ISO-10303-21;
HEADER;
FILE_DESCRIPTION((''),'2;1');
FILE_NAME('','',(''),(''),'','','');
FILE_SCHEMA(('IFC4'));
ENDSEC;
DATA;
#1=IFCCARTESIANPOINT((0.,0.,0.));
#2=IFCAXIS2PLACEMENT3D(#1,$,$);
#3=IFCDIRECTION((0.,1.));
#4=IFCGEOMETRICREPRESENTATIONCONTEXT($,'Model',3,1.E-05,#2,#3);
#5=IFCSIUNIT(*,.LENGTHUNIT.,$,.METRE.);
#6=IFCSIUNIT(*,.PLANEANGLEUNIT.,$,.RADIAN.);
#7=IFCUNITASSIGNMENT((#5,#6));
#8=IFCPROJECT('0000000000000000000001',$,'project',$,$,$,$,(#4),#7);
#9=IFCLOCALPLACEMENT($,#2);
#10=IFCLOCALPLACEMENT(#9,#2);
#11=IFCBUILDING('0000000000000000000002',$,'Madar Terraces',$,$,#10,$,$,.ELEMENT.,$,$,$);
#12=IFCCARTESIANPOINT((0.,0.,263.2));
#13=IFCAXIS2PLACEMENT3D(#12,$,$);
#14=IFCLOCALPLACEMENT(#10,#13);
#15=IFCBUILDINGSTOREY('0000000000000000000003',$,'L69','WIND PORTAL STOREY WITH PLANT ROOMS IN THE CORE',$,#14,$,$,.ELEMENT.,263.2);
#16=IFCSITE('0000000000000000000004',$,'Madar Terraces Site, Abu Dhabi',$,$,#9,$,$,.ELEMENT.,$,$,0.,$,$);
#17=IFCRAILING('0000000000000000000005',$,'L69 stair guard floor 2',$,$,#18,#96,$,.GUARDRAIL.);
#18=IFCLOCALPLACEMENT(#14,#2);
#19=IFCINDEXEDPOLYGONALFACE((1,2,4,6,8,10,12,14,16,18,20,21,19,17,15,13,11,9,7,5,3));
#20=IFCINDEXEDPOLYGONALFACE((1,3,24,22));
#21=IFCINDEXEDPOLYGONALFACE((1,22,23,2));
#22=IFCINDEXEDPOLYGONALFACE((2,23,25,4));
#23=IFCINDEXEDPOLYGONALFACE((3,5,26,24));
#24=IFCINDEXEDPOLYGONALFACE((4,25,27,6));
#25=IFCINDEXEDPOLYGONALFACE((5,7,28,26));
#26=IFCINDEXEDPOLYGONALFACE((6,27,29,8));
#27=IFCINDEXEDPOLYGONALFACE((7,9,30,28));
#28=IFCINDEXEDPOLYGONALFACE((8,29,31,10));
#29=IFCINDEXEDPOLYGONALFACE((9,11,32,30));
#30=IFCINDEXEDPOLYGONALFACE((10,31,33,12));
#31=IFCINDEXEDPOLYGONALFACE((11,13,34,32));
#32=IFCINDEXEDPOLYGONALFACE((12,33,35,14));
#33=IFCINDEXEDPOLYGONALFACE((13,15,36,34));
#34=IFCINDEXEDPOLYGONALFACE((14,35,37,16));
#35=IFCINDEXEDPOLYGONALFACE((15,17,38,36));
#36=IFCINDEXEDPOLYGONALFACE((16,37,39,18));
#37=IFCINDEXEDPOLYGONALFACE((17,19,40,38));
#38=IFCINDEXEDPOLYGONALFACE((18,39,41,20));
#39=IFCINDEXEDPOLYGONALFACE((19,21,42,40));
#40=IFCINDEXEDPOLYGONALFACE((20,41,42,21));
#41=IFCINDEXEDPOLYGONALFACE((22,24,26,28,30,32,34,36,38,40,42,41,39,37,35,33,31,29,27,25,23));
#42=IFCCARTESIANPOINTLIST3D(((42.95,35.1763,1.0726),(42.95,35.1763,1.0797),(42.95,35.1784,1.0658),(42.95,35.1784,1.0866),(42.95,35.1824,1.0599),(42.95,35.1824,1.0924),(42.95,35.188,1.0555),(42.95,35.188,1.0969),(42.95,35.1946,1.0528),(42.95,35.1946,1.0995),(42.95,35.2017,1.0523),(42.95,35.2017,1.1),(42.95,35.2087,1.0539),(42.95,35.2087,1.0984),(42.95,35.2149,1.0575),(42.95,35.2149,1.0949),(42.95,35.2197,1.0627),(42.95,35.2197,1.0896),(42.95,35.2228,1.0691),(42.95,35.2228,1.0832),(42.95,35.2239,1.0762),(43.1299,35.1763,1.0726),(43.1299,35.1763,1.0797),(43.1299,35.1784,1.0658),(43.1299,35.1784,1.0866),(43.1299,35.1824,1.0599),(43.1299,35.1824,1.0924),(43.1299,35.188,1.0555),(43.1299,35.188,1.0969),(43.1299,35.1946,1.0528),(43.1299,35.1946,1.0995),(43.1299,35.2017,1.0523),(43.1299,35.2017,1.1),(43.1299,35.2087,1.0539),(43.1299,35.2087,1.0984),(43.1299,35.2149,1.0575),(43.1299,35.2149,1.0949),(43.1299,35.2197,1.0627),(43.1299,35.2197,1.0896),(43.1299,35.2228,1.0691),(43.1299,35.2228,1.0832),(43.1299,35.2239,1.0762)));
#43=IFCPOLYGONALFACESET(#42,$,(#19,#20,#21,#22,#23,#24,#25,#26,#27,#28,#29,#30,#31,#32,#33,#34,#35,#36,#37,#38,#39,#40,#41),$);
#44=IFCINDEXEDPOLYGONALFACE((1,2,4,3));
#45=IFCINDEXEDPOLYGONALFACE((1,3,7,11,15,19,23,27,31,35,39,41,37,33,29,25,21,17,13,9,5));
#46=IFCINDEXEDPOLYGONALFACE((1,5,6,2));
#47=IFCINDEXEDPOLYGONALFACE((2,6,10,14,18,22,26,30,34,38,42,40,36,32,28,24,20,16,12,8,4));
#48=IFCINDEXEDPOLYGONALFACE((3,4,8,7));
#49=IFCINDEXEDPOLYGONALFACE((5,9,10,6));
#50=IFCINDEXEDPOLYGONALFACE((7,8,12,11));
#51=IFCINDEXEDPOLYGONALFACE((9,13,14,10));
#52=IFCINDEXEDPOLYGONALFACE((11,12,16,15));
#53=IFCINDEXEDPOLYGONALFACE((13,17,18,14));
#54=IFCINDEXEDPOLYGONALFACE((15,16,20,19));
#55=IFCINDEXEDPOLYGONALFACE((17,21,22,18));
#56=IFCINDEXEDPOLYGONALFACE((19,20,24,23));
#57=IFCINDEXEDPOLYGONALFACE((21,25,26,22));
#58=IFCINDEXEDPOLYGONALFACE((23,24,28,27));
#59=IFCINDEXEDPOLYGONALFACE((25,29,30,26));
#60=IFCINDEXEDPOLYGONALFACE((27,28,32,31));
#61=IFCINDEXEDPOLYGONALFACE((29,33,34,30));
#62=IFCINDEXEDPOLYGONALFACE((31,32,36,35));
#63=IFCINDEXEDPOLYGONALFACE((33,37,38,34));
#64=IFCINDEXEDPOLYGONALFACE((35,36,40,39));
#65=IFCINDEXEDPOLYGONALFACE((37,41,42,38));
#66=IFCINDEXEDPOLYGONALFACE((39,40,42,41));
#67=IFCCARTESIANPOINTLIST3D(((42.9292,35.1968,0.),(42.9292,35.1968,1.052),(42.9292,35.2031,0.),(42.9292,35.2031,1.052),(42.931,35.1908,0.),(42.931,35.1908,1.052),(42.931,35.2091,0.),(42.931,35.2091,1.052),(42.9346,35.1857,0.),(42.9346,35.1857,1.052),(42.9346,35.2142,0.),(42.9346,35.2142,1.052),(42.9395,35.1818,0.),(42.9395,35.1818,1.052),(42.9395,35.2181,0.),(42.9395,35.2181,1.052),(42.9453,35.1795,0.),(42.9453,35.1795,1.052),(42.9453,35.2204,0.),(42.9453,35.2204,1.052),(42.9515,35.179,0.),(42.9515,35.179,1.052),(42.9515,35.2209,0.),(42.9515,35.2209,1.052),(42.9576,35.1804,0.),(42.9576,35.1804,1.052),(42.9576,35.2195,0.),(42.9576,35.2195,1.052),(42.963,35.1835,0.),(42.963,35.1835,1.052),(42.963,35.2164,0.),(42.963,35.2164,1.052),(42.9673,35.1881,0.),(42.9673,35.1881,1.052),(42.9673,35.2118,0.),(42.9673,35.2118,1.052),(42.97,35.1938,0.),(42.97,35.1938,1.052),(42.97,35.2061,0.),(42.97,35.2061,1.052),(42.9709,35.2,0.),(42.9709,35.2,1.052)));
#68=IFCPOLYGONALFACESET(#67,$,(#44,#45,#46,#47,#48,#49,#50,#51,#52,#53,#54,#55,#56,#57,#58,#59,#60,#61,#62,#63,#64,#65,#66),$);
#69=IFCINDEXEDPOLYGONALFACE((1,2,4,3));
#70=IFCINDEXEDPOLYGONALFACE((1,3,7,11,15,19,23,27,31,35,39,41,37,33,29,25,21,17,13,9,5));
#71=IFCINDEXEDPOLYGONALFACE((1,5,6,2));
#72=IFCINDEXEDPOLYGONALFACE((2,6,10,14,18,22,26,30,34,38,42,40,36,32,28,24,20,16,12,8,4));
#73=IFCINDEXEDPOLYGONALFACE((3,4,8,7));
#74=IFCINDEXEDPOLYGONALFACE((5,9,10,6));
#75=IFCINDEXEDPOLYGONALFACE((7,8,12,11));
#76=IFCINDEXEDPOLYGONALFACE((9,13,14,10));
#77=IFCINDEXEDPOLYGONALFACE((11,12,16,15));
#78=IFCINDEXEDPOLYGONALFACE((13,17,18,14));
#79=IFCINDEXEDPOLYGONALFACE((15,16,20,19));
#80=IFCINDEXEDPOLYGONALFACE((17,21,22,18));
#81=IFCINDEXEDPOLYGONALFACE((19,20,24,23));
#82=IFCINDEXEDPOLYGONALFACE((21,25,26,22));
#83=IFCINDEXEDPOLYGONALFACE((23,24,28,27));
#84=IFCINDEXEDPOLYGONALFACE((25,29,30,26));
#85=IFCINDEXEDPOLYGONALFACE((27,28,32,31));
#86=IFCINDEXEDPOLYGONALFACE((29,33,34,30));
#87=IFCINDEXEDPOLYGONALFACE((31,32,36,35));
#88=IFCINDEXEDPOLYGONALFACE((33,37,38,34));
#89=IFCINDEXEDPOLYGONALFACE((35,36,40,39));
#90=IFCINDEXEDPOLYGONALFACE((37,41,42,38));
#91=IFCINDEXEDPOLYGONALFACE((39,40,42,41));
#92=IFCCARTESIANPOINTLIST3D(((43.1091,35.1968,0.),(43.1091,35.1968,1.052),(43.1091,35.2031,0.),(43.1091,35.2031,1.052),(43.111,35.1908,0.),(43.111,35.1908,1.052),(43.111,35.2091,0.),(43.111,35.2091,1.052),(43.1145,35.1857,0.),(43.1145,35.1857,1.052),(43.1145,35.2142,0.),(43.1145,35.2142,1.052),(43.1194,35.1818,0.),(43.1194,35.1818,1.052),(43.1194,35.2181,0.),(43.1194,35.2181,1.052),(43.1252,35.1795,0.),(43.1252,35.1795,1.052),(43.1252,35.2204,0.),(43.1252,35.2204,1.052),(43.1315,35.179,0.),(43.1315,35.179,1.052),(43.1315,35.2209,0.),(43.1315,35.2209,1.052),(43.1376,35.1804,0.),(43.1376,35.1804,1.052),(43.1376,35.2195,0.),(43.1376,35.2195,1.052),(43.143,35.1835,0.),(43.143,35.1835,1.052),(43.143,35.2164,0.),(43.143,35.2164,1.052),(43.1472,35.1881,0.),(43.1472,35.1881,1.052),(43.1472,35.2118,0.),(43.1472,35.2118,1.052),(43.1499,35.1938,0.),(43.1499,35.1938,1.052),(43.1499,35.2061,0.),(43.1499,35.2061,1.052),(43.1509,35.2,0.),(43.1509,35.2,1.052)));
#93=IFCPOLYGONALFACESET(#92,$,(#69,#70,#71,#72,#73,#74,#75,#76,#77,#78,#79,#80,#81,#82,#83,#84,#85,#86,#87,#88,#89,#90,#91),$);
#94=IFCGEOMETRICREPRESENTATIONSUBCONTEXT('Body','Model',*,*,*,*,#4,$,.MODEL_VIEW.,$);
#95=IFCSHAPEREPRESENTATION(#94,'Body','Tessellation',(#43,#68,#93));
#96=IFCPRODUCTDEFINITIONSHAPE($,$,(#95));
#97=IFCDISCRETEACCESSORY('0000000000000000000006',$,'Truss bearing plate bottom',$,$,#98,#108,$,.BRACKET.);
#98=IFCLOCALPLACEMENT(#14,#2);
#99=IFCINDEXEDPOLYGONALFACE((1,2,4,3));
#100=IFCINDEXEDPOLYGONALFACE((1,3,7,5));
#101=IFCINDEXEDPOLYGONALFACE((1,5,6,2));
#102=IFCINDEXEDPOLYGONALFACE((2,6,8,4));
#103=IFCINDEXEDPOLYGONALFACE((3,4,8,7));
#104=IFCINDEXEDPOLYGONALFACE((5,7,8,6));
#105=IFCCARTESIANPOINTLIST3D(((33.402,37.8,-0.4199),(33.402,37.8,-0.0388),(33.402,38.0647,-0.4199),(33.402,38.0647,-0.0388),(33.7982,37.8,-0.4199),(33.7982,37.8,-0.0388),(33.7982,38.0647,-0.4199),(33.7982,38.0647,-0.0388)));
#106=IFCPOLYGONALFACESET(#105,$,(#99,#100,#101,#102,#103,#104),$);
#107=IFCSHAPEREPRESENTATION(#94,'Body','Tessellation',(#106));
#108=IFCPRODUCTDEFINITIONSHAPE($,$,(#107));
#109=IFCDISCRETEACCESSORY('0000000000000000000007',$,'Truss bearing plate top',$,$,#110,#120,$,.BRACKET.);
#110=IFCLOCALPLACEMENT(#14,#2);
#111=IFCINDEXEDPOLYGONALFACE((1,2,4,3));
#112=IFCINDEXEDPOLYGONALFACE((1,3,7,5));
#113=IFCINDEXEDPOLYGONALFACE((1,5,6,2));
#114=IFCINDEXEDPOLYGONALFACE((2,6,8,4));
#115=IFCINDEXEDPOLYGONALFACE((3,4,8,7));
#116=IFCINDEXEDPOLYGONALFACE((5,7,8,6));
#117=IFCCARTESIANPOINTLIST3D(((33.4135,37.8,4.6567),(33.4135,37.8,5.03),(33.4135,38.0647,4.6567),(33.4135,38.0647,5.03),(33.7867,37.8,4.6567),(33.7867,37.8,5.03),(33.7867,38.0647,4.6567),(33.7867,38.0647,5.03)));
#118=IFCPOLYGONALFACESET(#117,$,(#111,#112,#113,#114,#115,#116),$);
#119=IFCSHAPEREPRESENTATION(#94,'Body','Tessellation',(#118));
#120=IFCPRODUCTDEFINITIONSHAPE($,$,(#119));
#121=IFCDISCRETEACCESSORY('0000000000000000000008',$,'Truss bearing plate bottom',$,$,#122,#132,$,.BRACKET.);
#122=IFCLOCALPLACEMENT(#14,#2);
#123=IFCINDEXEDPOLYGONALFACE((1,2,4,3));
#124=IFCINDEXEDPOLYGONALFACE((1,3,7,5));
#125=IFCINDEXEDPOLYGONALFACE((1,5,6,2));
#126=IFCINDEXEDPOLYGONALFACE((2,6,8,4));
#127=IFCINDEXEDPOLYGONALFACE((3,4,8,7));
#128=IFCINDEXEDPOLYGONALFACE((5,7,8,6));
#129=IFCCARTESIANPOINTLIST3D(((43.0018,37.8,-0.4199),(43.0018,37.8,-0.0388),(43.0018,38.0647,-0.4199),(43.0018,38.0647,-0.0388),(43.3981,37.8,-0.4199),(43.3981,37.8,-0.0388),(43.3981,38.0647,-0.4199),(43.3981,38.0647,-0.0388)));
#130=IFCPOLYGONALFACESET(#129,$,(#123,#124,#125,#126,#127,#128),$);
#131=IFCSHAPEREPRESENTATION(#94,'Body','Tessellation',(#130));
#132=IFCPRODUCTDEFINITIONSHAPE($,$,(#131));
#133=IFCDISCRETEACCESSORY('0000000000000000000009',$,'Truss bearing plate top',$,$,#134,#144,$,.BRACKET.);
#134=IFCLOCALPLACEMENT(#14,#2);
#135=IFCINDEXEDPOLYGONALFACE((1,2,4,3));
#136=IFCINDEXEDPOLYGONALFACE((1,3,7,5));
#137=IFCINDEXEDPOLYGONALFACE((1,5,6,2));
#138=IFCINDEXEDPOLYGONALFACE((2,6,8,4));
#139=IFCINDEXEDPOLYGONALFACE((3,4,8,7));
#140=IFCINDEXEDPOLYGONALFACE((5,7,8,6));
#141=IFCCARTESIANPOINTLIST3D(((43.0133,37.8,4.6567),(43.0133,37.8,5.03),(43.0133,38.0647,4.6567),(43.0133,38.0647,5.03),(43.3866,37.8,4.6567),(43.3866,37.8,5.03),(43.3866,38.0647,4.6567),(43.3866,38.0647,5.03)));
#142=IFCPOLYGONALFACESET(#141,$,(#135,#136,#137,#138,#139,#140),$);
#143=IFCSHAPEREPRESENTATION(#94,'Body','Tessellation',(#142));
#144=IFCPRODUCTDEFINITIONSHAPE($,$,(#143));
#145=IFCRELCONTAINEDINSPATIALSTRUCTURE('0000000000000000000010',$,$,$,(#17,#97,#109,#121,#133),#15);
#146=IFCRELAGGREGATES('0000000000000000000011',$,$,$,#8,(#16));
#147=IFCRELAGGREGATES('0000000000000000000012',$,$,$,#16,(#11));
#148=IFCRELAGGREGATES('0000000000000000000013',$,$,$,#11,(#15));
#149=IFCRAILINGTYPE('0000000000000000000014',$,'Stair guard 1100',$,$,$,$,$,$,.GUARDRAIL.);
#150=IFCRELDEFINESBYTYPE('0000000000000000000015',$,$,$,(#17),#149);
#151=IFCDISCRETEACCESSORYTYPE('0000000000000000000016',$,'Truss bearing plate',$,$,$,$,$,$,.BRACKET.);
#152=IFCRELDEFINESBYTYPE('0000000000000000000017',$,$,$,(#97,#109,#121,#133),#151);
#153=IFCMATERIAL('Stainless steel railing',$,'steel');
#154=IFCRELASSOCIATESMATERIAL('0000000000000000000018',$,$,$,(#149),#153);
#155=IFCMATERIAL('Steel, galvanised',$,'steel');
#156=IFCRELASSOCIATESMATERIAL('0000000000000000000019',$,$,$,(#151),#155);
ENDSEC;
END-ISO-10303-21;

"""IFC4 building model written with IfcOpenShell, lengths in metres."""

from ifc_helpers import new_model, si_unit, direction, frame, origin, origin_2d, place, context, subcontext, project, spatial, rectangle, circle, extrude, material, type_object, element, save


model = new_model("IFC4")

# Units and contexts
model_context = context("Model", 3, precision=1e-05, world=origin(), true_north=direction((0.0, 1.0)))
body_context = subcontext(model_context, "Body", "Model", "MODEL_VIEW")
ifc_project = project(units=[si_unit("LENGTHUNIT", "METRE"), si_unit("PLANEANGLEUNIT", "RADIAN")], contexts=[model_context])

# Site, building, storey
site_placement = place(None, origin())
site = spatial("IfcSite", under=ifc_project, at=site_placement, Name="Madar Terraces Site, Abu Dhabi", CompositionType="ELEMENT", RefElevation=0.0)
building_placement = place(site_placement, origin())
building = spatial("IfcBuilding", under=site, at=building_placement, Name="Madar Terraces", CompositionType="ELEMENT")
storey_placement = place(building_placement, frame((0.0, 0.0, 263.2)))
storey = spatial("IfcBuildingStorey", under=building, at=storey_placement, Name="L69", Description="WIND PORTAL STOREY WITH PLANT ROOMS IN THE CORE", CompositionType="ELEMENT", Elevation=263.2)

# Railing
ifc_material_1 = material(Name="Stainless steel railing", Category="steel")
railing_type_1 = type_object("IfcRailingType", Name="Stair guard 1100", PredefinedType="GUARDRAIL", material=ifc_material_1)
for number, where, name in (
    (1, (42.95, 35.2, 0.0), "L69 stair guard floor 2"),
):
    element("IfcRailing", number, at=place(storey_placement, frame(where)), inside=storey, type_object=railing_type_1, Name=name, PredefinedType="GUARDRAIL", context=body_context, shape_type="SweptSolid", body=[
        extrude(circle(Radius=0.0239, at=origin_2d()), frame((0.0, 0.0, 1.0762), z_axis=(1.0, 0.0, 0.0), x_axis=(0.0, 1.0, 0.0)), (0.0, 0.0, 1.0), 0.1799),
        extrude(circle(Radius=0.021, at=origin_2d()), origin(), (0.0, 0.0, 1.0), 1.052),
        extrude(circle(Radius=0.021, at=origin_2d()), frame((0.1799, 0.0, 0.0)), (0.0, 0.0, 1.0), 1.052),
    ])

# Discrete accessories
ifc_material_2 = material(Name="Steel, galvanised", Category="steel")
discrete_accessory_type = type_object("IfcDiscreteAccessoryType", Name="Truss bearing plate", PredefinedType="BRACKET", material=ifc_material_2)
discrete_accessory_1_placement = place(storey_placement, frame((33.6001, 37.9324, -0.4199), z_axis=(0.0, 0.0, 1.0), x_axis=(1.0, 0.0, 0.0)))
element("IfcDiscreteAccessory", 2, at=discrete_accessory_1_placement, inside=storey, type_object=discrete_accessory_type, Name="Truss bearing plate bottom", PredefinedType="BRACKET", context=body_context, shape_type="SweptSolid", body=[
    extrude(rectangle(XDim=0.3962, YDim=0.2646, at=origin_2d()), origin(), (0.0, 0.0, 1.0), 0.3811),
])
discrete_accessory_2_placement = place(storey_placement, frame((33.6001, 37.9324, 4.6567), z_axis=(0.0, 0.0, 1.0), x_axis=(1.0, 0.0, 0.0)))
element("IfcDiscreteAccessory", 3, at=discrete_accessory_2_placement, inside=storey, type_object=discrete_accessory_type, Name="Truss bearing plate top", PredefinedType="BRACKET", context=body_context, shape_type="SweptSolid", body=[
    extrude(rectangle(XDim=0.3733, YDim=0.2646, at=origin_2d()), origin(), (0.0, 0.0, 1.0), 0.3733),
])
discrete_accessory_3_placement = place(storey_placement, frame((43.2, 37.9324, -0.4199), z_axis=(0.0, 0.0, 1.0), x_axis=(1.0, 0.0, 0.0)))
element("IfcDiscreteAccessory", 4, at=discrete_accessory_3_placement, inside=storey, type_object=discrete_accessory_type, Name="Truss bearing plate bottom", PredefinedType="BRACKET", context=body_context, shape_type="SweptSolid", body=[
    extrude(rectangle(XDim=0.3962, YDim=0.2646, at=origin_2d()), origin(), (0.0, 0.0, 1.0), 0.3811),
])
discrete_accessory_4_placement = place(storey_placement, frame((43.2, 37.9324, 4.6567), z_axis=(0.0, 0.0, 1.0), x_axis=(1.0, 0.0, 0.0)))
element("IfcDiscreteAccessory", 5, at=discrete_accessory_4_placement, inside=storey, type_object=discrete_accessory_type, Name="Truss bearing plate top", PredefinedType="BRACKET", context=body_context, shape_type="SweptSolid", body=[
    extrude(rectangle(XDim=0.3733, YDim=0.2646, at=origin_2d()), origin(), (0.0, 0.0, 1.0), 0.3733),
])

save(model, "model.ifc")
